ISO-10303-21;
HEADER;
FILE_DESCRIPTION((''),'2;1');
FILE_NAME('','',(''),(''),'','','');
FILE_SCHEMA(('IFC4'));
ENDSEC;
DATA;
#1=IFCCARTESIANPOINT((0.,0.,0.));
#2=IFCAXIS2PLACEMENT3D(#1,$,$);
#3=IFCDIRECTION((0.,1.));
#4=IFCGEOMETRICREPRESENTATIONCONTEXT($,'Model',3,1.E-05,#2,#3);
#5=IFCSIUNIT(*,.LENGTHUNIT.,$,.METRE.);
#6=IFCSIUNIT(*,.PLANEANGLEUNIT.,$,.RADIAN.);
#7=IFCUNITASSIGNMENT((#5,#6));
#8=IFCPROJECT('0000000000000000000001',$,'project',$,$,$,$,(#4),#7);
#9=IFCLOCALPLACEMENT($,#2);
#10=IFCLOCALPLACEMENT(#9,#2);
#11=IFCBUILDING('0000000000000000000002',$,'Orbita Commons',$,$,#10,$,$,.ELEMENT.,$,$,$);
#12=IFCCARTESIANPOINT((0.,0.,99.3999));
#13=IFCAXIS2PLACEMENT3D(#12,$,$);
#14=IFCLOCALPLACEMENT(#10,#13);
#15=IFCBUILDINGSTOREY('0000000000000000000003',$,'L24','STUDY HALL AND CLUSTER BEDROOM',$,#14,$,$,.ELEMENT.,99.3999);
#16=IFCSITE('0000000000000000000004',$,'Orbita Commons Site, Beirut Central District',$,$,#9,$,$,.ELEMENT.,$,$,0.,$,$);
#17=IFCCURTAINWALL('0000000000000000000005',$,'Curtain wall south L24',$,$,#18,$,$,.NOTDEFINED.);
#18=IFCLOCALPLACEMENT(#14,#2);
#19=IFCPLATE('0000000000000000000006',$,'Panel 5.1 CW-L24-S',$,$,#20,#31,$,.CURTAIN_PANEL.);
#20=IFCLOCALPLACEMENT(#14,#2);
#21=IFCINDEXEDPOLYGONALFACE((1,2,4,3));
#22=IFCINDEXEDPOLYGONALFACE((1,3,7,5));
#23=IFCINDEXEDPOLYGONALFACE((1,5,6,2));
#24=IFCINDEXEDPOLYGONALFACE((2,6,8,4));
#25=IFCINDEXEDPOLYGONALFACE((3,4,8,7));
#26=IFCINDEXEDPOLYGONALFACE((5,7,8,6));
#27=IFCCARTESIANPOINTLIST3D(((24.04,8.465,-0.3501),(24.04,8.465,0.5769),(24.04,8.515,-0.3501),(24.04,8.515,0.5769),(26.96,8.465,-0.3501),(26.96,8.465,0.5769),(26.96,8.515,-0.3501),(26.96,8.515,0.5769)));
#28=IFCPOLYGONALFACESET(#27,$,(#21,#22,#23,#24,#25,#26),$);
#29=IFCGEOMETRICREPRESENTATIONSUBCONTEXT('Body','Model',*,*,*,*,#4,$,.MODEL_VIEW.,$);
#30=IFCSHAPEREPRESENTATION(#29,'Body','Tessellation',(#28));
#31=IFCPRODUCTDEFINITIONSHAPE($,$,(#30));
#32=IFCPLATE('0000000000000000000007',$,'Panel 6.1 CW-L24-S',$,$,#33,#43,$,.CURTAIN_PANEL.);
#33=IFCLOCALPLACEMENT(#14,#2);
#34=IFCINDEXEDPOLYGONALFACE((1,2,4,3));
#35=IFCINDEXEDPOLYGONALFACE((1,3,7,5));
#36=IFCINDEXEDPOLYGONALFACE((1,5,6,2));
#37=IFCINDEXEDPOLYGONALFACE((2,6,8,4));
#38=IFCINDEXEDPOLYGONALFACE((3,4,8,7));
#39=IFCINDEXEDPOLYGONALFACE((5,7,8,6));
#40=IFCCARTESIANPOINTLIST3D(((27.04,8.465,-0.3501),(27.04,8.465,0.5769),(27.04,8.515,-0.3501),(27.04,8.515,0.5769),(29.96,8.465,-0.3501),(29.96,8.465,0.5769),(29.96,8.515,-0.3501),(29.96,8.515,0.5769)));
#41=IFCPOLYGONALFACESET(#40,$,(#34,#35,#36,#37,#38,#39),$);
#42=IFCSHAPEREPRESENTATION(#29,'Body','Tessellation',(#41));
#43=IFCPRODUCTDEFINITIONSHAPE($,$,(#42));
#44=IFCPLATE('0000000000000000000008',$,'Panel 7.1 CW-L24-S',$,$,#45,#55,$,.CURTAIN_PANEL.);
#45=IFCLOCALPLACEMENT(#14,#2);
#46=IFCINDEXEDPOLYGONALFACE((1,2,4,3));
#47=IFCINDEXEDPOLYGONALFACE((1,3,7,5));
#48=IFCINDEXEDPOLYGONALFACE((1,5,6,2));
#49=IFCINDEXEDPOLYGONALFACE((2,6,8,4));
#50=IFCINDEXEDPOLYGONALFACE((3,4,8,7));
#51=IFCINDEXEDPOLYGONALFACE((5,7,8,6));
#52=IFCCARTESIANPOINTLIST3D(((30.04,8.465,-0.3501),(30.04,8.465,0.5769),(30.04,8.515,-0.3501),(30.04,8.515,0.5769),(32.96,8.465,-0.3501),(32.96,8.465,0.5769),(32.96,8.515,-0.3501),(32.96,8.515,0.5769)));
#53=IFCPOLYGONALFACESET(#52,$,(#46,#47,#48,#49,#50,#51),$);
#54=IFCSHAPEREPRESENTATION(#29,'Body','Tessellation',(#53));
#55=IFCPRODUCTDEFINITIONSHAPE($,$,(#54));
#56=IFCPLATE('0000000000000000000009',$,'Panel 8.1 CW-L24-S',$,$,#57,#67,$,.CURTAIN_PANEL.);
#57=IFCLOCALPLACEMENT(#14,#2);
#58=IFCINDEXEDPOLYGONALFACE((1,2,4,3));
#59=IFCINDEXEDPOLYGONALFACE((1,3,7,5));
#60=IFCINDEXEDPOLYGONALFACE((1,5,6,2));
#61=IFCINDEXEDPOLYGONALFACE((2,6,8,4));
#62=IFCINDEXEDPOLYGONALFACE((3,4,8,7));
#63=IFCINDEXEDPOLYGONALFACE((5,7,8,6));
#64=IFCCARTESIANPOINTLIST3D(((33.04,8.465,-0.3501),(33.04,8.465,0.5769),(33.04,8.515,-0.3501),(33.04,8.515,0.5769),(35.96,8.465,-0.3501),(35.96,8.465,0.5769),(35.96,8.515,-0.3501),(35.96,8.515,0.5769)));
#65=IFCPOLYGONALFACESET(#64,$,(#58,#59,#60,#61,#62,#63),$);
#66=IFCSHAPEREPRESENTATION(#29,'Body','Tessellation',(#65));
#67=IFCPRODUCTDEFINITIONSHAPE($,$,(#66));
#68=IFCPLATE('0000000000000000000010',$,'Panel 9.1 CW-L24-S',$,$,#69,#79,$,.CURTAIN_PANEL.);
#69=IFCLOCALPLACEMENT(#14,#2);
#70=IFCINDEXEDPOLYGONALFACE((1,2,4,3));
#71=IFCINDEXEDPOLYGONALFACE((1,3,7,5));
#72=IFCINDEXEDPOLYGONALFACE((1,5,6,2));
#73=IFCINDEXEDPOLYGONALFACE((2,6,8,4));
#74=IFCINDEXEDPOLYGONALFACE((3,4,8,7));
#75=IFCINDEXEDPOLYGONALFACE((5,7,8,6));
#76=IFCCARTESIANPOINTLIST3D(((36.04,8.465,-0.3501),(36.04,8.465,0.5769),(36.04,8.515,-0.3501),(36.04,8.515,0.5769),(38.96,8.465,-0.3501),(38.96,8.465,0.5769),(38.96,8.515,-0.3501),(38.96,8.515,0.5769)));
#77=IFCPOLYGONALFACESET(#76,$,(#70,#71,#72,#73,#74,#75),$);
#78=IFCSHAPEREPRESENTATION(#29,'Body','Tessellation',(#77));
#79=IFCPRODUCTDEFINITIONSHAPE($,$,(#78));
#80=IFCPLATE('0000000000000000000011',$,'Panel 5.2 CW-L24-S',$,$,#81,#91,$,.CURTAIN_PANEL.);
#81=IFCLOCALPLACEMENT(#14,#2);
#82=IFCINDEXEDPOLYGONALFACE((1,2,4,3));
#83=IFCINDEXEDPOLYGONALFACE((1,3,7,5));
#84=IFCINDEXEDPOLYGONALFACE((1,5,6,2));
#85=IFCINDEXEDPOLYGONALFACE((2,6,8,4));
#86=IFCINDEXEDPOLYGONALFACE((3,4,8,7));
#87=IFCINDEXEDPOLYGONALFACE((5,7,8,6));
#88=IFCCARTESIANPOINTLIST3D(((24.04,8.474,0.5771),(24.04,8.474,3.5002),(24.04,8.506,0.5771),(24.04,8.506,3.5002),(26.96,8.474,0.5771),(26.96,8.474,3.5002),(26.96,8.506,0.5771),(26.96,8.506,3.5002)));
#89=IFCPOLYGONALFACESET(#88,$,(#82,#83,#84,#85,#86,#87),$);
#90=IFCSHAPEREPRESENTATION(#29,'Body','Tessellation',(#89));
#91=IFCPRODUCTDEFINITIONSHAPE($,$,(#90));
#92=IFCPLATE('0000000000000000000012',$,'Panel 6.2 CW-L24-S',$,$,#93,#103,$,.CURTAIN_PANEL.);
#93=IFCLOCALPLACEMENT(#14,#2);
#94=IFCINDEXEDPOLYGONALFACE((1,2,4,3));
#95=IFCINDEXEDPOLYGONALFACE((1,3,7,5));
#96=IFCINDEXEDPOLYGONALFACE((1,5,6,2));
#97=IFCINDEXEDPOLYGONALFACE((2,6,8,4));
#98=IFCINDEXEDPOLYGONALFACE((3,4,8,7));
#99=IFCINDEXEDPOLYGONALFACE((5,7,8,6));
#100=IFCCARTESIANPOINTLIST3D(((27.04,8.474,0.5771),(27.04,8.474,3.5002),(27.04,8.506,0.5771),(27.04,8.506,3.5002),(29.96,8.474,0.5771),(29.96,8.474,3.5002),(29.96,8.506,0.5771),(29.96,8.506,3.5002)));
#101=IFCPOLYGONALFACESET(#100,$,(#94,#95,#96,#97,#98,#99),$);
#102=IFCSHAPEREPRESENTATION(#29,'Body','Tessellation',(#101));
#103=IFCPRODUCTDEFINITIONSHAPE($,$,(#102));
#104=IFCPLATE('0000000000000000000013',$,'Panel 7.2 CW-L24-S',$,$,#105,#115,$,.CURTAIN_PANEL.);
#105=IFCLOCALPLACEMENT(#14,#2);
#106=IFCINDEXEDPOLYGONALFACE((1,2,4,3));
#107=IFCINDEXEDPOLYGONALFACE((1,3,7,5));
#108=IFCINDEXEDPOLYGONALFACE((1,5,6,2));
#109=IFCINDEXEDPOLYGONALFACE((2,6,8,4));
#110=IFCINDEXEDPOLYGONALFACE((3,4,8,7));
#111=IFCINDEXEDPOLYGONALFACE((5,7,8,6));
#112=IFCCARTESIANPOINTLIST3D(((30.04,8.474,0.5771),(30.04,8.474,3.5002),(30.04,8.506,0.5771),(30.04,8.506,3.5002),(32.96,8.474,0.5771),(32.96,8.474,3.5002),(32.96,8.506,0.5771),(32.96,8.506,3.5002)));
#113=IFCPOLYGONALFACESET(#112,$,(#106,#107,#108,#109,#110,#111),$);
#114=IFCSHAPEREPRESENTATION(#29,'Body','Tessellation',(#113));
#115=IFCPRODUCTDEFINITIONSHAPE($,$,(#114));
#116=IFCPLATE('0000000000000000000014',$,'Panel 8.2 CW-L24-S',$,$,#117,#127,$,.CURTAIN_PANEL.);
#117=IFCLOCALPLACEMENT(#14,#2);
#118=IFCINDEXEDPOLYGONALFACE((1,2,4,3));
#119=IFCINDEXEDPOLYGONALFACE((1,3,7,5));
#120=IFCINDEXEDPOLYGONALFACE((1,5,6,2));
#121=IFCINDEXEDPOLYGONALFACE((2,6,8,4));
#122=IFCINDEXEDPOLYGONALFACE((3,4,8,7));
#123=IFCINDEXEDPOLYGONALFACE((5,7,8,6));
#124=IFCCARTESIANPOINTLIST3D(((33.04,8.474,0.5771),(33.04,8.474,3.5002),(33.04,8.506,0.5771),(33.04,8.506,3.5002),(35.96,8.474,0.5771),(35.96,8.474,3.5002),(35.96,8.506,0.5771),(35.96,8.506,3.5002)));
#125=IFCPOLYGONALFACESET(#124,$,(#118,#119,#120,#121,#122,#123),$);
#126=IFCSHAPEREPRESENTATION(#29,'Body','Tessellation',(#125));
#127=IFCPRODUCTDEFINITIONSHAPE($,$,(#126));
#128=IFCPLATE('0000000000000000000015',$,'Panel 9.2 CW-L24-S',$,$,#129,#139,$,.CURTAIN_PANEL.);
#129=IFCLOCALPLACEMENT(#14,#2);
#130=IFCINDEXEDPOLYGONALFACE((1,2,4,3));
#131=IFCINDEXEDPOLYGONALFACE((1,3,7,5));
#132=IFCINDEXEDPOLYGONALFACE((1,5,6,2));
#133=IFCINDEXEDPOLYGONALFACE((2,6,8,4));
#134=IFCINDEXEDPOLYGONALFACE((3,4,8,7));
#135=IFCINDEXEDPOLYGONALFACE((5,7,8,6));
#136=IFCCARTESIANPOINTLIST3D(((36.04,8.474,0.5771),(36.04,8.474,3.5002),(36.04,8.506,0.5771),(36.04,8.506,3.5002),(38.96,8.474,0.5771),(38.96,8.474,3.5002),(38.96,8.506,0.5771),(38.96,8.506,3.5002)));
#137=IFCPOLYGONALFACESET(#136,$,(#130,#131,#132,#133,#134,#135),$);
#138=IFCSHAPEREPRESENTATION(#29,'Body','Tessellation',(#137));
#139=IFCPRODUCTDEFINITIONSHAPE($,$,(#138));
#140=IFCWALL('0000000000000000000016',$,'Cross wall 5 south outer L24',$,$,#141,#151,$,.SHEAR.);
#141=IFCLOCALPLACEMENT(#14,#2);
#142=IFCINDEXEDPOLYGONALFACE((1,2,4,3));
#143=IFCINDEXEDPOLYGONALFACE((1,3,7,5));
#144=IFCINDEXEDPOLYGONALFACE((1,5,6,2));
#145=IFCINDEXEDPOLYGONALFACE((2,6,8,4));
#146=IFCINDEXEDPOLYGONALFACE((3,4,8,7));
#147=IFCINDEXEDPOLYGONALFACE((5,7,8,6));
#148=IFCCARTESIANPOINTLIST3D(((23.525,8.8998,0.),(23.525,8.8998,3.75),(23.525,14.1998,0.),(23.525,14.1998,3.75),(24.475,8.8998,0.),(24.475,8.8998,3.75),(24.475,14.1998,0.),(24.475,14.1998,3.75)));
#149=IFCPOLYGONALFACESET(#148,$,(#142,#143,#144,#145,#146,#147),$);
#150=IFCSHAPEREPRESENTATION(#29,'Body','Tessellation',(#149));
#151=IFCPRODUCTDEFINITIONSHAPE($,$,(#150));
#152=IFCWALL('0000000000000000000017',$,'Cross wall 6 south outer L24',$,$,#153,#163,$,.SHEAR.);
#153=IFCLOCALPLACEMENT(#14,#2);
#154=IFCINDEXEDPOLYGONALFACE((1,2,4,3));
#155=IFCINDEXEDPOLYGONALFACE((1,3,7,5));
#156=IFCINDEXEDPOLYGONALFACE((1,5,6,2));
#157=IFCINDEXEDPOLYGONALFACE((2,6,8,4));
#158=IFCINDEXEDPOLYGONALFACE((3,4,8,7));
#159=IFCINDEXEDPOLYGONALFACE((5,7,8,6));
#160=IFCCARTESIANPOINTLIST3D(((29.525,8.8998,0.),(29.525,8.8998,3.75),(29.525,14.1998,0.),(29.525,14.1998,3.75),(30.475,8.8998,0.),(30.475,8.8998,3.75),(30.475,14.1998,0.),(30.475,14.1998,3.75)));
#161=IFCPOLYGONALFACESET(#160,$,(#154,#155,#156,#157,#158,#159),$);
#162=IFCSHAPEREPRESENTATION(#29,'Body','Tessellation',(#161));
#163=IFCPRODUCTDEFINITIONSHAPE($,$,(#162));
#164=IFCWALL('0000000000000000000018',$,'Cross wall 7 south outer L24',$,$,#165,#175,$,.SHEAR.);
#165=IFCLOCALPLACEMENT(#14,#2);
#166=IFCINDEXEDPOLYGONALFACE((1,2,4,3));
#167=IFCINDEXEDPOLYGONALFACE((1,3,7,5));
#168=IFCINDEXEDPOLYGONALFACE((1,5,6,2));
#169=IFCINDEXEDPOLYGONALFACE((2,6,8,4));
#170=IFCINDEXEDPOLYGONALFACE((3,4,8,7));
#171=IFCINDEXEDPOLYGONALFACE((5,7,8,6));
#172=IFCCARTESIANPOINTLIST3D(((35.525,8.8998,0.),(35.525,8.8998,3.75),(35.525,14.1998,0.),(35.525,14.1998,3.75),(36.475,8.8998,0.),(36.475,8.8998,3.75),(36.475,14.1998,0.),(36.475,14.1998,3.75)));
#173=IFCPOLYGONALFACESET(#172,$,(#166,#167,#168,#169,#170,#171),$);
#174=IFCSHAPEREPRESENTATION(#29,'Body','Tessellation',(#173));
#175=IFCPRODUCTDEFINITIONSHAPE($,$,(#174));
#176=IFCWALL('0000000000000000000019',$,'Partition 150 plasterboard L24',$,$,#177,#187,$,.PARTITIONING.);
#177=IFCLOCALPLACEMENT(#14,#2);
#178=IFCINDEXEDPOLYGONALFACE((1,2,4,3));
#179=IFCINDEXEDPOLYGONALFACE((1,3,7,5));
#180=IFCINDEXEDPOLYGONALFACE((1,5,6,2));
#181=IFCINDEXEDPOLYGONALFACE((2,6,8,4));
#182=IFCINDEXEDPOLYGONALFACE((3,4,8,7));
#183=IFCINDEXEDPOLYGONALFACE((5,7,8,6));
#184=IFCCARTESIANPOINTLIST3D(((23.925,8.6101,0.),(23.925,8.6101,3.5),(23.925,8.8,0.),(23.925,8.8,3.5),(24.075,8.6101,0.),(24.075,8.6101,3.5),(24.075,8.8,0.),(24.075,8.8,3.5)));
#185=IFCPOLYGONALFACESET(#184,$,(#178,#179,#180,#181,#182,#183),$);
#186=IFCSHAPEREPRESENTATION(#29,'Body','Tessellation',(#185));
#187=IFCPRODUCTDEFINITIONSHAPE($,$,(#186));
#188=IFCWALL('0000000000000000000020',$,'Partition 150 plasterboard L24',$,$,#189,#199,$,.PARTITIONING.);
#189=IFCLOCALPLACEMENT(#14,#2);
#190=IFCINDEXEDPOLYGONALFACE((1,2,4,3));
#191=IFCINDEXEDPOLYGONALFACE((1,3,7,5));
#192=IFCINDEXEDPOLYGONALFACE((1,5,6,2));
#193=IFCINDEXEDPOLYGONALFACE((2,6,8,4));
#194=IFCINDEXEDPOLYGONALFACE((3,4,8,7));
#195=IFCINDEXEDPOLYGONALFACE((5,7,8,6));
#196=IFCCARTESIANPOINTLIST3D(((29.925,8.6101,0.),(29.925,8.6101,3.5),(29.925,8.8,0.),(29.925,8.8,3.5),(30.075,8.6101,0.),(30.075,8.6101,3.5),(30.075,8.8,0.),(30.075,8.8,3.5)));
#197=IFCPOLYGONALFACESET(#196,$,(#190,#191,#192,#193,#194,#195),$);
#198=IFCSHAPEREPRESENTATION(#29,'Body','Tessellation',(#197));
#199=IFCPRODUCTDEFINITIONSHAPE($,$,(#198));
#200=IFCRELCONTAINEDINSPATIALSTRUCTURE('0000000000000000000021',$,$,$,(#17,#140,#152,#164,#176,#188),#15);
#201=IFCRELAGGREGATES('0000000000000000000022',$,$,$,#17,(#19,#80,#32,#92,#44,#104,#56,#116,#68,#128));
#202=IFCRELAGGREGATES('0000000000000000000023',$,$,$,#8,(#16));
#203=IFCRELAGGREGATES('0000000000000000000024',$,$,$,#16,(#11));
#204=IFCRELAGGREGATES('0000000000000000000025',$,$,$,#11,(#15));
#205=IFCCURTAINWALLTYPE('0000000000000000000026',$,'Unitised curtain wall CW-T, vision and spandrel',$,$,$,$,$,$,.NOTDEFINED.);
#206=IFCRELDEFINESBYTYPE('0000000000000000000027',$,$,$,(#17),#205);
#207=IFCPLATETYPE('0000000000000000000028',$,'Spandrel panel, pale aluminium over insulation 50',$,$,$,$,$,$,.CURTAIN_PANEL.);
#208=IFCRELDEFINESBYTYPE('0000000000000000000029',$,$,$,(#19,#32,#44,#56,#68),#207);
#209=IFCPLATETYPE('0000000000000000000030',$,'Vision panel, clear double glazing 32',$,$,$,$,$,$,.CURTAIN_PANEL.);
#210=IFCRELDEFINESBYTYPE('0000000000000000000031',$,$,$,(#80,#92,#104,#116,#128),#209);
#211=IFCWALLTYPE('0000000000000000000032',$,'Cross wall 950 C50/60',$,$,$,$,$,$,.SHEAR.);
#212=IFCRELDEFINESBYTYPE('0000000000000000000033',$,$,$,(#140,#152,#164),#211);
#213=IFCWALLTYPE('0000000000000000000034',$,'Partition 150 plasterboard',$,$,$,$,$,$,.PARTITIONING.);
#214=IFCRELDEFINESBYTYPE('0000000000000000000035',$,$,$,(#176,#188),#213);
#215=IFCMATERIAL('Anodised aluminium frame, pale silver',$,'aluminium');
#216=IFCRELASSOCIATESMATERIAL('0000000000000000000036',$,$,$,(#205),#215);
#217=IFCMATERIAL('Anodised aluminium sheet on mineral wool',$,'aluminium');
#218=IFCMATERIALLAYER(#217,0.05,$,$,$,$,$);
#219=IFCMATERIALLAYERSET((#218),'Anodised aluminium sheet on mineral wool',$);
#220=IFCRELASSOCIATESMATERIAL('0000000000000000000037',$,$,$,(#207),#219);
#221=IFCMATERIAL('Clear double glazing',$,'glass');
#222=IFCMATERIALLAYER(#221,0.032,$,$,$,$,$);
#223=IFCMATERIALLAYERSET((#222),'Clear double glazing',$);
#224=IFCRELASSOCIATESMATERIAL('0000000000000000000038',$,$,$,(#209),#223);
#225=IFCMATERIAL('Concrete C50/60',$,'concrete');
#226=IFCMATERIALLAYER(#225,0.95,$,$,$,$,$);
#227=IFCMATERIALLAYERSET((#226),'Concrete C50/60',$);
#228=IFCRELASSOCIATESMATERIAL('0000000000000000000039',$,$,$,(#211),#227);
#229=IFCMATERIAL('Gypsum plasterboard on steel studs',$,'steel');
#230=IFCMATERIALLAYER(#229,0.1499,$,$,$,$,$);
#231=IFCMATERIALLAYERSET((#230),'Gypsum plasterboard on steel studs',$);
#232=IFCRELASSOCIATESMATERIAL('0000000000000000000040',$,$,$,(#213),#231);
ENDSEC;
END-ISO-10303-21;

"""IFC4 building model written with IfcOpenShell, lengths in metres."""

from ifc_helpers import new_model, si_unit, direction, frame, frame_2d, origin, origin_2d, place, context, subcontext, project, spatial, rectangle, extrude, material, layer, layer_set, type_object, element, aggregate, save


model = new_model("IFC4")

# Units and contexts
model_context = context("Model", 3, precision=1e-05, world=origin(), true_north=direction((0.0, 1.0)))
body_context = subcontext(model_context, "Body", "Model", "MODEL_VIEW")
ifc_project = project(units=[si_unit("LENGTHUNIT", "METRE"), si_unit("PLANEANGLEUNIT", "RADIAN")], contexts=[model_context])

# Site, building, storey
site_placement = place(None, origin())
site = spatial("IfcSite", under=ifc_project, at=site_placement, Name="Orbita Commons Site, Beirut Central District", CompositionType="ELEMENT", RefElevation=0.0)
building_placement = place(site_placement, origin())
building = spatial("IfcBuilding", under=site, at=building_placement, Name="Orbita Commons", CompositionType="ELEMENT")
storey_placement = place(building_placement, frame((0.0, 0.0, 99.3999)))
storey = spatial("IfcBuildingStorey", under=building, at=storey_placement, Name="L24", Description="STUDY HALL AND CLUSTER BEDROOM", CompositionType="ELEMENT", Elevation=99.3999)

# Curtain wall, plates
ifc_material_1 = material(Name="Anodised aluminium frame, pale silver", Category="aluminium")
curtain_wall_type = type_object("IfcCurtainWallType", Name="Unitised curtain wall CW-T, vision and spandrel", PredefinedType="NOTDEFINED", material=ifc_material_1)
curtain_wall_placement = place(storey_placement, origin())
curtain_wall = element("IfcCurtainWall", 1, at=curtain_wall_placement, inside=storey, type_object=curtain_wall_type, Name="Curtain wall south L24", PredefinedType="NOTDEFINED")
ifc_material_2 = material(Name="Anodised aluminium sheet on mineral wool", Category="aluminium")
ifc_layer_1 = layer(ifc_material_2, 0.05)
ifc_layer_set_1 = layer_set([ifc_layer_1], Name="Anodised aluminium sheet on mineral wool")
plate_type_1 = type_object("IfcPlateType", Name="Spandrel panel, pale aluminium over insulation 50", PredefinedType="CURTAIN_PANEL", material=ifc_layer_set_1)
plate_1_placement = place(storey_placement, frame((25.5, 8.49, -0.3501), z_axis=(0.0, 0.0, 1.0), x_axis=(1.0, 0.0, 0.0)))
plate_1 = element("IfcPlate", 2, at=plate_1_placement, type_object=plate_type_1, Name="Panel 5.1 CW-L24-S", PredefinedType="CURTAIN_PANEL", context=body_context, shape_type="SweptSolid", body=[
    extrude(rectangle(XDim=2.9199, YDim=0.05, at=origin_2d()), origin(), (0.0, 0.0, 1.0), 0.927),
])
plate_2_placement = place(storey_placement, frame((28.5, 8.49, -0.3501), z_axis=(0.0, 0.0, 1.0), x_axis=(1.0, 0.0, 0.0)))
plate_2 = element("IfcPlate", 3, at=plate_2_placement, type_object=plate_type_1, Name="Panel 6.1 CW-L24-S", PredefinedType="CURTAIN_PANEL", context=body_context, shape_type="SweptSolid", body=[
    extrude(rectangle(XDim=2.9199, YDim=0.05, at=origin_2d()), origin(), (0.0, 0.0, 1.0), 0.927),
])
plate_3_placement = place(storey_placement, frame((31.5, 8.49, -0.3501), z_axis=(0.0, 0.0, 1.0), x_axis=(1.0, 0.0, 0.0)))
plate_3 = element("IfcPlate", 4, at=plate_3_placement, type_object=plate_type_1, Name="Panel 7.1 CW-L24-S", PredefinedType="CURTAIN_PANEL", context=body_context, shape_type="SweptSolid", body=[
    extrude(rectangle(XDim=2.9199, YDim=0.05, at=origin_2d()), origin(), (0.0, 0.0, 1.0), 0.927),
])
plate_4_placement = place(storey_placement, frame((34.5, 8.49, -0.3501), z_axis=(0.0, 0.0, 1.0), x_axis=(1.0, 0.0, 0.0)))
plate_4 = element("IfcPlate", 5, at=plate_4_placement, type_object=plate_type_1, Name="Panel 8.1 CW-L24-S", PredefinedType="CURTAIN_PANEL", context=body_context, shape_type="SweptSolid", body=[
    extrude(rectangle(XDim=2.9199, YDim=0.05, at=origin_2d()), origin(), (0.0, 0.0, 1.0), 0.927),
])
plate_5_placement = place(storey_placement, frame((37.5, 8.49, -0.3501), z_axis=(0.0, 0.0, 1.0), x_axis=(1.0, 0.0, 0.0)))
plate_5 = element("IfcPlate", 6, at=plate_5_placement, type_object=plate_type_1, Name="Panel 9.1 CW-L24-S", PredefinedType="CURTAIN_PANEL", context=body_context, shape_type="SweptSolid", body=[
    extrude(rectangle(XDim=2.9199, YDim=0.05, at=origin_2d()), origin(), (0.0, 0.0, 1.0), 0.927),
])
ifc_material_3 = material(Name="Clear double glazing", Category="glass")
ifc_layer_2 = layer(ifc_material_3, 0.032)
ifc_layer_set_2 = layer_set([ifc_layer_2], Name="Clear double glazing")
plate_type_2 = type_object("IfcPlateType", Name="Vision panel, clear double glazing 32", PredefinedType="CURTAIN_PANEL", material=ifc_layer_set_2)
plate_6_placement = place(storey_placement, frame((25.5, 8.49, 0.5771), z_axis=(0.0, 0.0, 1.0), x_axis=(1.0, 0.0, 0.0)))
plate_6 = element("IfcPlate", 7, at=plate_6_placement, type_object=plate_type_2, Name="Panel 5.2 CW-L24-S", PredefinedType="CURTAIN_PANEL", context=body_context, shape_type="SweptSolid", body=[
    extrude(rectangle(XDim=2.9199, YDim=0.032, at=origin_2d()), origin(), (0.0, 0.0, 1.0), 2.9231),
])
plate_7_placement = place(storey_placement, frame((28.5, 8.49, 0.5771), z_axis=(0.0, 0.0, 1.0), x_axis=(1.0, 0.0, 0.0)))
plate_7 = element("IfcPlate", 8, at=plate_7_placement, type_object=plate_type_2, Name="Panel 6.2 CW-L24-S", PredefinedType="CURTAIN_PANEL", context=body_context, shape_type="SweptSolid", body=[
    extrude(rectangle(XDim=2.9199, YDim=0.032, at=origin_2d()), origin(), (0.0, 0.0, 1.0), 2.9231),
])
plate_8_placement = place(storey_placement, frame((31.5, 8.49, 0.5771), z_axis=(0.0, 0.0, 1.0), x_axis=(1.0, 0.0, 0.0)))
plate_8 = element("IfcPlate", 9, at=plate_8_placement, type_object=plate_type_2, Name="Panel 7.2 CW-L24-S", PredefinedType="CURTAIN_PANEL", context=body_context, shape_type="SweptSolid", body=[
    extrude(rectangle(XDim=2.9199, YDim=0.032, at=origin_2d()), origin(), (0.0, 0.0, 1.0), 2.9231),
])
plate_9_placement = place(storey_placement, frame((34.5, 8.49, 0.5771), z_axis=(0.0, 0.0, 1.0), x_axis=(1.0, 0.0, 0.0)))
plate_9 = element("IfcPlate", 10, at=plate_9_placement, type_object=plate_type_2, Name="Panel 8.2 CW-L24-S", PredefinedType="CURTAIN_PANEL", context=body_context, shape_type="SweptSolid", body=[
    extrude(rectangle(XDim=2.9199, YDim=0.032, at=origin_2d()), origin(), (0.0, 0.0, 1.0), 2.9231),
])
plate_10_placement = place(storey_placement, frame((37.5, 8.49, 0.5771), z_axis=(0.0, 0.0, 1.0), x_axis=(1.0, 0.0, 0.0)))
plate_10 = element("IfcPlate", 11, at=plate_10_placement, type_object=plate_type_2, Name="Panel 9.2 CW-L24-S", PredefinedType="CURTAIN_PANEL", context=body_context, shape_type="SweptSolid", body=[
    extrude(rectangle(XDim=2.9199, YDim=0.032, at=origin_2d()), origin(), (0.0, 0.0, 1.0), 2.9231),
])
aggregate(curtain_wall, [plate_1, plate_6, plate_2, plate_7, plate_3, plate_8, plate_4, plate_9, plate_5, plate_10])

# Walls
ifc_material_4 = material(Name="Concrete C50/60", Category="concrete")
ifc_layer_3 = layer(ifc_material_4, 0.95)
ifc_layer_set_3 = layer_set([ifc_layer_3], Name="Concrete C50/60")
wall_type_1 = type_object("IfcWallType", Name="Cross wall 950 C50/60", PredefinedType="SHEAR", material=ifc_layer_set_3)
for number, where, z_axis, x_axis, name in (
    (12, (24.0, 8.8999, 0.0), (0.0, 0.0, 1.0), (0.0, 1.0, 0.0), "Cross wall 5 south outer L24"),
    (13, (30.0, 8.8999, 0.0), (0.0, 0.0, 1.0), (0.0, 1.0, 0.0), "Cross wall 6 south outer L24"),
    (14, (36.0, 8.8999, 0.0), (0.0, 0.0, 1.0), (0.0, 1.0, 0.0), "Cross wall 7 south outer L24"),
):
    element("IfcWall", number, at=place(storey_placement, frame(where, z_axis=z_axis, x_axis=x_axis)), inside=storey, type_object=wall_type_1, Name=name, PredefinedType="SHEAR", context=body_context, shape_type="SweptSolid", body=[
        extrude(rectangle(XDim=5.3, YDim=0.95, at=frame_2d((2.6499, 0.0))), origin(), (0.0, 0.0, 1.0), 3.75),
    ])
ifc_material_5 = material(Name="Gypsum plasterboard on steel studs", Category="steel")
ifc_layer_4 = layer(ifc_material_5, 0.1499)
ifc_layer_set_4 = layer_set([ifc_layer_4], Name="Gypsum plasterboard on steel studs")
wall_type_2 = type_object("IfcWallType", Name="Partition 150 plasterboard", PredefinedType="PARTITIONING", material=ifc_layer_set_4)
for number, where, z_axis, x_axis, name in (
    (15, (24.0, 8.8, 0.0), (0.0, 0.0, 1.0), (0.0, -1.0, 0.0), "Partition 150 plasterboard L24"),
    (16, (30.0, 8.8, 0.0), (0.0, 0.0, 1.0), (0.0, -1.0, 0.0), "Partition 150 plasterboard L24"),
):
    element("IfcWall", number, at=place(storey_placement, frame(where, z_axis=z_axis, x_axis=x_axis)), inside=storey, type_object=wall_type_2, Name=name, PredefinedType="PARTITIONING", context=body_context, shape_type="SweptSolid", body=[
        extrude(rectangle(XDim=0.1899, YDim=0.1499, at=frame_2d((0.095, 0.0))), origin(), (0.0, 0.0, 1.0), 3.5),
    ])

save(model, "model.ifc")
